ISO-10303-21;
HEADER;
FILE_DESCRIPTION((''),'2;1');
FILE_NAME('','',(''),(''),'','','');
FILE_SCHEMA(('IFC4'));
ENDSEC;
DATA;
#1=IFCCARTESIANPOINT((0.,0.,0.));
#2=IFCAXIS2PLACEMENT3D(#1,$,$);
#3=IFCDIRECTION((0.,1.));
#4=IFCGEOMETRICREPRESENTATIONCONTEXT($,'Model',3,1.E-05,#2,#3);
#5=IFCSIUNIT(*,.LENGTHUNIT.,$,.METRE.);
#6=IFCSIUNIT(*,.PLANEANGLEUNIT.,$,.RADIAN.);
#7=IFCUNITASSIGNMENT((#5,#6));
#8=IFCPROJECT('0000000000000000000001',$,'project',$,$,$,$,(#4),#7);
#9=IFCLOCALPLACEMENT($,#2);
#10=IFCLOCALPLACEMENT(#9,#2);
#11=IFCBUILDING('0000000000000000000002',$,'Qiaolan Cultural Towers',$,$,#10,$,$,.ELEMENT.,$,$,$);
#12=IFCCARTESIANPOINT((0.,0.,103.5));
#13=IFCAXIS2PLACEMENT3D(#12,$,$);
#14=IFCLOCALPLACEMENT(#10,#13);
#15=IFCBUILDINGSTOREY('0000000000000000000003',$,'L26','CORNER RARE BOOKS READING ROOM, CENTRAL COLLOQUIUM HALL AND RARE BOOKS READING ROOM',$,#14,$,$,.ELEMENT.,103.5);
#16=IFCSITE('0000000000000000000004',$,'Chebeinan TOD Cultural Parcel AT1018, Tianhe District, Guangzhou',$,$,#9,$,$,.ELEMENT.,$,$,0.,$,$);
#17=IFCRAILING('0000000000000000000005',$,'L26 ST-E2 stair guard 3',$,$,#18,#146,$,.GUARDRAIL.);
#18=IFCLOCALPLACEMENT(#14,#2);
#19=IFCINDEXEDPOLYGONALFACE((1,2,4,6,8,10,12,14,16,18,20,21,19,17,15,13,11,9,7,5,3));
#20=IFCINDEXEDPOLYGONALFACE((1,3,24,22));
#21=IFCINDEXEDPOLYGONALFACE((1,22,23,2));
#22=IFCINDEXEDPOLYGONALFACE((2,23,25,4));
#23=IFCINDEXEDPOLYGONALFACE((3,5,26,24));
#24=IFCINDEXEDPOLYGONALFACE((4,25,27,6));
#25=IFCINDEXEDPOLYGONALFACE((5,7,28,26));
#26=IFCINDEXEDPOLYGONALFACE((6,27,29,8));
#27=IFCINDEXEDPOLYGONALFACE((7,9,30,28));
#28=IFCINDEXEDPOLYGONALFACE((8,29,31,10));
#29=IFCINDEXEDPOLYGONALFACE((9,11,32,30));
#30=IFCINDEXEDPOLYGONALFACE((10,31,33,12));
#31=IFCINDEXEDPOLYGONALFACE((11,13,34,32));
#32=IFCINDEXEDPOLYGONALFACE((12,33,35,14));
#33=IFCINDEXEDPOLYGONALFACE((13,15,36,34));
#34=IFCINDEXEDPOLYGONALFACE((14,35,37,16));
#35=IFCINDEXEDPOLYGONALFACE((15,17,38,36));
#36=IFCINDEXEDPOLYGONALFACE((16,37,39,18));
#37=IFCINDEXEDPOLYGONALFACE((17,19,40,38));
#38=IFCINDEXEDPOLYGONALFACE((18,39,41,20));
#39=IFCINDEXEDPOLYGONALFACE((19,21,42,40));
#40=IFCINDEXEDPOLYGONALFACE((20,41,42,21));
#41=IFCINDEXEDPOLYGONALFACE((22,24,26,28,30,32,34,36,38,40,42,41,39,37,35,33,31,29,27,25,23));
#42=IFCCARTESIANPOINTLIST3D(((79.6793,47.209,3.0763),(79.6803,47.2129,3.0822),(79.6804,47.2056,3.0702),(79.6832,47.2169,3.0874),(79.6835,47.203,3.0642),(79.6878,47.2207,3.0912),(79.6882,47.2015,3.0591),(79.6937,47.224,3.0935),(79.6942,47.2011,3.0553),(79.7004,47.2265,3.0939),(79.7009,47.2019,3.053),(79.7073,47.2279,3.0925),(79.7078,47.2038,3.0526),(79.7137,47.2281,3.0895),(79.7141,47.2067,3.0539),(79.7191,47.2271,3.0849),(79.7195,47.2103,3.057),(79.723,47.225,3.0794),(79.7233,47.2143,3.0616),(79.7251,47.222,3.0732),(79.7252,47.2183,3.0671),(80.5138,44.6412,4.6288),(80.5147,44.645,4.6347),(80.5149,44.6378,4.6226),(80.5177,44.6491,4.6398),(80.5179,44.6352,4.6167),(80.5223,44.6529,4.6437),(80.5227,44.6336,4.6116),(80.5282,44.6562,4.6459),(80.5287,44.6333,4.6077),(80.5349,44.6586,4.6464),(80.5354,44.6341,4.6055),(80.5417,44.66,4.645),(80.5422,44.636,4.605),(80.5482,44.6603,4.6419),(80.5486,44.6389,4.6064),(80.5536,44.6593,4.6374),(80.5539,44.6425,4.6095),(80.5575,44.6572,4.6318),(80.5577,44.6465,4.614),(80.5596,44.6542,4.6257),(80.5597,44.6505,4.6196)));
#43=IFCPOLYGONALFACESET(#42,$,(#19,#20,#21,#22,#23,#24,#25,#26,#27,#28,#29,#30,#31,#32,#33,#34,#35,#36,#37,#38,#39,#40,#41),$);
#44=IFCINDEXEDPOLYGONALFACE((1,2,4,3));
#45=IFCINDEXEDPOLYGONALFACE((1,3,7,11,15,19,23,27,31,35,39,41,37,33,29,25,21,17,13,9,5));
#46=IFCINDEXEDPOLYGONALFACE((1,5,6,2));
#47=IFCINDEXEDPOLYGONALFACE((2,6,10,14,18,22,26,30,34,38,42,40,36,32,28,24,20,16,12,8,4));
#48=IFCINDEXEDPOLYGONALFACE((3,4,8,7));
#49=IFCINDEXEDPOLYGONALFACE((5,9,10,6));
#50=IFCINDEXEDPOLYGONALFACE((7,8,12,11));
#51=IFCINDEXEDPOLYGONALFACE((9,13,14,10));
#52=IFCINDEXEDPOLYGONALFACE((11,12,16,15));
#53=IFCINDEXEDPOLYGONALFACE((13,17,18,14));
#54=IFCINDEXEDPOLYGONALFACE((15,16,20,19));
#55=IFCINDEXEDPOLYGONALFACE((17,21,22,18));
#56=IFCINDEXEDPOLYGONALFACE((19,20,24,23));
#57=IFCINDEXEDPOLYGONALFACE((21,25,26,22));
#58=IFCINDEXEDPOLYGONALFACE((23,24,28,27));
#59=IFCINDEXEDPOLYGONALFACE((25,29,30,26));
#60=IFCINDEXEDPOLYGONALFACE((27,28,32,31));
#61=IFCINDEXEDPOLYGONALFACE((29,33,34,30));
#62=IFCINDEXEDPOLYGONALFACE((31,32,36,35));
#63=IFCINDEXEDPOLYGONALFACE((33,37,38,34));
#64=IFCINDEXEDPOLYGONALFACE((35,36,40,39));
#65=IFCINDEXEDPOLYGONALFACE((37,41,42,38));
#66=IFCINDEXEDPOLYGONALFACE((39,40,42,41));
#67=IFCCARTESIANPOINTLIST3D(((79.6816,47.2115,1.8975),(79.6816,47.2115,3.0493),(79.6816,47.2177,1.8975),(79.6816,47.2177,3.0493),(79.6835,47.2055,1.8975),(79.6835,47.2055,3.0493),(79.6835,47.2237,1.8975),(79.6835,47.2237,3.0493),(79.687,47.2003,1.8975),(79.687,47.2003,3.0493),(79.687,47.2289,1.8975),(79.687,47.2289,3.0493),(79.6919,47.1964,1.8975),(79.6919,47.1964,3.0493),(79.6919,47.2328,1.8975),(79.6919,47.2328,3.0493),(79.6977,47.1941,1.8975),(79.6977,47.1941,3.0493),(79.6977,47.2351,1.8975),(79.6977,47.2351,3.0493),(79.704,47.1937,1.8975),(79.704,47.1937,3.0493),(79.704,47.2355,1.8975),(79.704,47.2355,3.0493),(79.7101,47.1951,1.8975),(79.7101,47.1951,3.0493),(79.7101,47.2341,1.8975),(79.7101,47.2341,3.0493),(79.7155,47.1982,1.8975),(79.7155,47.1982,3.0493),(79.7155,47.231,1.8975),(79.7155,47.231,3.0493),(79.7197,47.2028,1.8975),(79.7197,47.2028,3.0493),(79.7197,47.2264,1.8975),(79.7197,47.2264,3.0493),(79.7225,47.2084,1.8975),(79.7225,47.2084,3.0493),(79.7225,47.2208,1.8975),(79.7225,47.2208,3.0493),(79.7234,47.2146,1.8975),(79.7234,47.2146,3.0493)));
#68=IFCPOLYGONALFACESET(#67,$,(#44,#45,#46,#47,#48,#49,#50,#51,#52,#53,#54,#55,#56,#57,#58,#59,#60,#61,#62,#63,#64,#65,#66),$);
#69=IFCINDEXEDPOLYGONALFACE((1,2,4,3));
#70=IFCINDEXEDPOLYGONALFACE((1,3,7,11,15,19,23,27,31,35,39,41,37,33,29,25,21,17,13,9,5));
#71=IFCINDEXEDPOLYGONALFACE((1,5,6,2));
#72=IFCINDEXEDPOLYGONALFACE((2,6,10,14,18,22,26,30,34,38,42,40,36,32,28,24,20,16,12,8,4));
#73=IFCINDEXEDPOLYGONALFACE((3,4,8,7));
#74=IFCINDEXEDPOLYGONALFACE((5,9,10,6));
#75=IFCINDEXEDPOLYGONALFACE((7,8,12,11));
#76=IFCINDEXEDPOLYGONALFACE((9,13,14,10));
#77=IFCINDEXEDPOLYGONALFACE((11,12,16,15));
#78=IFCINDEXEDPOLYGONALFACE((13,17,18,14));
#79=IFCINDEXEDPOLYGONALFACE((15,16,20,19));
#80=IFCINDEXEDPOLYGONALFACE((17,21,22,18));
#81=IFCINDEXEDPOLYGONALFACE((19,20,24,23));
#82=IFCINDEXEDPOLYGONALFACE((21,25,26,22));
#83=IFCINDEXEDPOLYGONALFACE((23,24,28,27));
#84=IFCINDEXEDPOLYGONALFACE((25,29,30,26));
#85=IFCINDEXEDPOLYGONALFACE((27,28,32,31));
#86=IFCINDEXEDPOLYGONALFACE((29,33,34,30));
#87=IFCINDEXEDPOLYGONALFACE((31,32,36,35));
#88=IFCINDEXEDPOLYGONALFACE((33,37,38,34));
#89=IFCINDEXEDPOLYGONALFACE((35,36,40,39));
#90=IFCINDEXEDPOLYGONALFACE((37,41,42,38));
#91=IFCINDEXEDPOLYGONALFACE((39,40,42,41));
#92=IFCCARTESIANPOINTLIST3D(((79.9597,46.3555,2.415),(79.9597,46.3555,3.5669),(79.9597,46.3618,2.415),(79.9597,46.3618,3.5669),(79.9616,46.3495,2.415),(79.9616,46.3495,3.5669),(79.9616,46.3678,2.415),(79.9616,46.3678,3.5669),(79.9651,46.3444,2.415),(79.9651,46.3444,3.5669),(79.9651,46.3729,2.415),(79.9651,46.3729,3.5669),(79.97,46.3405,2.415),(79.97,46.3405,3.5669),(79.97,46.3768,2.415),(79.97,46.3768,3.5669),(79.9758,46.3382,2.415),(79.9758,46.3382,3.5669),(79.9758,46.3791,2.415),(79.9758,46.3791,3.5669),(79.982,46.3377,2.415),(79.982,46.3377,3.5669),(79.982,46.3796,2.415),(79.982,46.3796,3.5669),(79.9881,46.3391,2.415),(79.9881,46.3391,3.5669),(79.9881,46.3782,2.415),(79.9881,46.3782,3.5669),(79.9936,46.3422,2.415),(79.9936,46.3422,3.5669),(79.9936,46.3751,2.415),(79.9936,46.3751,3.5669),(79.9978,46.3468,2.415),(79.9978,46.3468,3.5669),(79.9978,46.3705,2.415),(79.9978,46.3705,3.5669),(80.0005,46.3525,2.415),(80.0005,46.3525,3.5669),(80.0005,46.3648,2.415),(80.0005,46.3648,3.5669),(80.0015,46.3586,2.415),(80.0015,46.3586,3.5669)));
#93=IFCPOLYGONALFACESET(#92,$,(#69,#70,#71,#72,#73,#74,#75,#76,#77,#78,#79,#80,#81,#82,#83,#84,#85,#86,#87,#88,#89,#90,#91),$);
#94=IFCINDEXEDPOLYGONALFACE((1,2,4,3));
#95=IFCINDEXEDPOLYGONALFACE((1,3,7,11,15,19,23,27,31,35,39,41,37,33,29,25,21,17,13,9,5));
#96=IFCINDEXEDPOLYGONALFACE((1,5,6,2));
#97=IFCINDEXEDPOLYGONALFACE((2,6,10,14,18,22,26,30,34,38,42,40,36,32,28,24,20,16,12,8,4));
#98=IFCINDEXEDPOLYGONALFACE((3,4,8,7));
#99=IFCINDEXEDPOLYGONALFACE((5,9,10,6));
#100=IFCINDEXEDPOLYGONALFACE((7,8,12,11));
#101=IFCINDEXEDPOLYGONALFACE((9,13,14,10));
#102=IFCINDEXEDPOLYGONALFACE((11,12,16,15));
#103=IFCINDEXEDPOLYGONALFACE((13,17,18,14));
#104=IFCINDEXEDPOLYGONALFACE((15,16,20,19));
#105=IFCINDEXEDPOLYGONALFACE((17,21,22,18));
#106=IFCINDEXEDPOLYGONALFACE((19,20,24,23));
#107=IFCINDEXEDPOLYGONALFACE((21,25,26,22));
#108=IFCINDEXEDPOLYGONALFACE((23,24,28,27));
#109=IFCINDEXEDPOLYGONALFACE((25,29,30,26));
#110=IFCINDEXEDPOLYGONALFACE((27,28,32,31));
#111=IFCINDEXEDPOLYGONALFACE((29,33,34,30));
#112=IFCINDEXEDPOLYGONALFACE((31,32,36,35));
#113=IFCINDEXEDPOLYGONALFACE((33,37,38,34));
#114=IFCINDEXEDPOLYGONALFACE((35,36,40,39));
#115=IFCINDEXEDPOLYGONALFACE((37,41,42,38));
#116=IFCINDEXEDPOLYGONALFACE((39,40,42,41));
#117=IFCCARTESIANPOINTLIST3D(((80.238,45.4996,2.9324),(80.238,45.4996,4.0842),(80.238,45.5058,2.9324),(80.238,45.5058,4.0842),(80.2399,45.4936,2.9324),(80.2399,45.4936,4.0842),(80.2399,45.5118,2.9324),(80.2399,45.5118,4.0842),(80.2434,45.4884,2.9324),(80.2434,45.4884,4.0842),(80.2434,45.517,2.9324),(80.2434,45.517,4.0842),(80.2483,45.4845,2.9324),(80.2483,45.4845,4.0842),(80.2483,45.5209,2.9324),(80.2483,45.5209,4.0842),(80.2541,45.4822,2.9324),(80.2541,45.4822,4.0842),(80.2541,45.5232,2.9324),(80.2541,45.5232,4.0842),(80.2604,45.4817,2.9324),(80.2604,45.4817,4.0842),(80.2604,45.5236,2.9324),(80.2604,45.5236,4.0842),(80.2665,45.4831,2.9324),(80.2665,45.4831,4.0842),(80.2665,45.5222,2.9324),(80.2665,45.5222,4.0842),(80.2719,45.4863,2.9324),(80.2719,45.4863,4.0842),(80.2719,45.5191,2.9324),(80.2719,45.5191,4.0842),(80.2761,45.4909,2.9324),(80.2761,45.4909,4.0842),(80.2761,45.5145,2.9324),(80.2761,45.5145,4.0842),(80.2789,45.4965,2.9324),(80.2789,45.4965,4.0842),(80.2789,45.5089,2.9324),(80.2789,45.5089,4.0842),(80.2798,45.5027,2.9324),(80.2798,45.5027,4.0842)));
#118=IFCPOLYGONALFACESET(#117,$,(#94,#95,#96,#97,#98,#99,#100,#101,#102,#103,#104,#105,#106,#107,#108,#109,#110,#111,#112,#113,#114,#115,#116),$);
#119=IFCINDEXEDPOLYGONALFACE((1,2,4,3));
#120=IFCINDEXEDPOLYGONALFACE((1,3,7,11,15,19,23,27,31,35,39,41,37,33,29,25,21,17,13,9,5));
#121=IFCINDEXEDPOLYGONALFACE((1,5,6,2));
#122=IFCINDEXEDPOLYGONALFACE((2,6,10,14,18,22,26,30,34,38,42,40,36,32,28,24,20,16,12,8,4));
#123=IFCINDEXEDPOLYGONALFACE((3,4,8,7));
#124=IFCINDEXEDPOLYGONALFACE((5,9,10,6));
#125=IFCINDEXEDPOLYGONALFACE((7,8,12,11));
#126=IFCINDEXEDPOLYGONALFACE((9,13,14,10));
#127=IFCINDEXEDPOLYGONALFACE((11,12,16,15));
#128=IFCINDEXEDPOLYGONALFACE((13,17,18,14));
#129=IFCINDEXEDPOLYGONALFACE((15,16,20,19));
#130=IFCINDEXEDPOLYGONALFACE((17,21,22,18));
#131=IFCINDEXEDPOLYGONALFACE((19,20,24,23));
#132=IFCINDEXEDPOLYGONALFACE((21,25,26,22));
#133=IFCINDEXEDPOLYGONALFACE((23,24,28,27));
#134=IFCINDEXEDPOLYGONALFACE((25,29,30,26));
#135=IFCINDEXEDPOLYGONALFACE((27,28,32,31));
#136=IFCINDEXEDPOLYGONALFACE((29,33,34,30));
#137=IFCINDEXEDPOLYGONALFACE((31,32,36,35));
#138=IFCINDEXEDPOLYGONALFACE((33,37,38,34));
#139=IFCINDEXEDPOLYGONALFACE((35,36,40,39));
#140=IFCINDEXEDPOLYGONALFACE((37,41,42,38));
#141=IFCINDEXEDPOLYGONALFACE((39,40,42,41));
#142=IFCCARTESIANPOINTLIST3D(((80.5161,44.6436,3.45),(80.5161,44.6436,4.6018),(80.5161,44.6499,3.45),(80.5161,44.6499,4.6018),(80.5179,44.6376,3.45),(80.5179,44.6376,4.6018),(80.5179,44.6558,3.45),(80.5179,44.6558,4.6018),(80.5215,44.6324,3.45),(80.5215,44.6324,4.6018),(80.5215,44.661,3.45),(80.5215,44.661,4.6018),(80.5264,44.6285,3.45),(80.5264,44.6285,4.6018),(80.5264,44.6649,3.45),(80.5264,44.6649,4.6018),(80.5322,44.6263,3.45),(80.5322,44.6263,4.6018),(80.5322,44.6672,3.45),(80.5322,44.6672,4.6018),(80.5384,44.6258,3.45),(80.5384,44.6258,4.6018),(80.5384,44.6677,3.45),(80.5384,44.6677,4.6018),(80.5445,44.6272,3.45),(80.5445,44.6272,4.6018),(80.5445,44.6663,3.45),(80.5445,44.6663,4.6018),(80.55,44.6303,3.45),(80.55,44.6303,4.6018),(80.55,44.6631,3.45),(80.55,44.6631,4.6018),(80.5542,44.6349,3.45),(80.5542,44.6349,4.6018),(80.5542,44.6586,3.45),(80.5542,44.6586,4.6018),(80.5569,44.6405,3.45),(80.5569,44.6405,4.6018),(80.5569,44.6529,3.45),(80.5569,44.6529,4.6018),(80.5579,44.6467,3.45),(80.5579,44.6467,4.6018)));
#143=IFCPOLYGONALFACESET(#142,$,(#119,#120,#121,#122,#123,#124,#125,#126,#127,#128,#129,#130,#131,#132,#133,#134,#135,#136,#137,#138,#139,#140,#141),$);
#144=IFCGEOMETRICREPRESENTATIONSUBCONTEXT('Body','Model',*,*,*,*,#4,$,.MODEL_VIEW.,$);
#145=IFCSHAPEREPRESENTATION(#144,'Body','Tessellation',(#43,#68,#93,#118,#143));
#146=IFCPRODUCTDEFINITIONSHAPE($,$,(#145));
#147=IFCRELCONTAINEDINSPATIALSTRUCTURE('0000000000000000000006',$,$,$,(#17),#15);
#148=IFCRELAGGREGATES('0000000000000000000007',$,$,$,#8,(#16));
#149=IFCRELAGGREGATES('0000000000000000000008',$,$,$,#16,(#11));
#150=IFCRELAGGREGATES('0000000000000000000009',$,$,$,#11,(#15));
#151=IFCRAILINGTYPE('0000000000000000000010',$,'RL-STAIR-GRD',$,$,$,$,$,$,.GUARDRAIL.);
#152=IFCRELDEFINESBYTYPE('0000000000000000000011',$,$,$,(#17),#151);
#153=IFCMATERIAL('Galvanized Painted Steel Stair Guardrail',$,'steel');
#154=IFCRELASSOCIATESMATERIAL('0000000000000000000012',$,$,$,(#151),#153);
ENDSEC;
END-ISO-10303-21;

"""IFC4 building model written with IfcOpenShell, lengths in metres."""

from ifc_helpers import new_model, si_unit, direction, frame, origin, origin_2d, place, context, subcontext, project, spatial, circle, extrude, material, type_object, element, save


model = new_model("IFC4")

# Units and contexts
model_context = context("Model", 3, precision=1e-05, world=origin(), true_north=direction((0.0, 1.0)))
body_context = subcontext(model_context, "Body", "Model", "MODEL_VIEW")
ifc_project = project(units=[si_unit("LENGTHUNIT", "METRE"), si_unit("PLANEANGLEUNIT", "RADIAN")], contexts=[model_context])

# Site, building, storey
site_placement = place(None, origin())
site = spatial("IfcSite", under=ifc_project, at=site_placement, Name="Chebeinan TOD Cultural Parcel AT1018, Tianhe District, Guangzhou", CompositionType="ELEMENT", RefElevation=0.0)
building_placement = place(site_placement, origin())
building = spatial("IfcBuilding", under=site, at=building_placement, Name="Qiaolan Cultural Towers", CompositionType="ELEMENT")
storey_placement = place(building_placement, frame((0.0, 0.0, 103.5)))
storey = spatial("IfcBuildingStorey", under=building, at=storey_placement, Name="L26", Description="CORNER RARE BOOKS READING ROOM, CENTRAL COLLOQUIUM HALL AND RARE BOOKS READING ROOM", CompositionType="ELEMENT", Elevation=103.5)

# Railing
ifc_material_1 = material(Name="Galvanized Painted Steel Stair Guardrail", Category="steel")
railing_type_1 = type_object("IfcRailingType", Name="RL-STAIR-GRD", PredefinedType="GUARDRAIL", material=ifc_material_1)
railing_1_placement = place(storey_placement, frame((79.7024, 47.2146, 1.8975)))
element("IfcRailing", 1, at=railing_1_placement, inside=storey, type_object=railing_type_1, Name="L26 ST-E2 stair guard 3", PredefinedType="GUARDRAIL", context=body_context, shape_type="SweptSolid", body=[
    extrude(circle(Radius=0.0239, at=origin_2d()), frame((0.0, 0.0, 1.1758), z_axis=(0.267926, -0.824471, 0.498461), x_axis=(0.951043, 0.309057, 0.0)), (0.0, 0.0, 1.0), 3.1145),
    extrude(circle(Radius=0.021, at=origin_2d()), origin(), (0.0, 0.0, 1.0), 1.1519),
    extrude(circle(Radius=0.021, at=origin_2d()), frame((0.2781, -0.856, 0.5176)), (0.0, 0.0, 1.0), 1.1519),
    extrude(circle(Radius=0.021, at=origin_2d()), frame((0.5564, -1.7119, 1.0349)), (0.0, 0.0, 1.0), 1.1519),
    extrude(circle(Radius=0.021, at=origin_2d()), frame((0.8345, -2.5679, 1.5525)), (0.0, 0.0, 1.0), 1.1519),
])

save(model, "model.ifc")
